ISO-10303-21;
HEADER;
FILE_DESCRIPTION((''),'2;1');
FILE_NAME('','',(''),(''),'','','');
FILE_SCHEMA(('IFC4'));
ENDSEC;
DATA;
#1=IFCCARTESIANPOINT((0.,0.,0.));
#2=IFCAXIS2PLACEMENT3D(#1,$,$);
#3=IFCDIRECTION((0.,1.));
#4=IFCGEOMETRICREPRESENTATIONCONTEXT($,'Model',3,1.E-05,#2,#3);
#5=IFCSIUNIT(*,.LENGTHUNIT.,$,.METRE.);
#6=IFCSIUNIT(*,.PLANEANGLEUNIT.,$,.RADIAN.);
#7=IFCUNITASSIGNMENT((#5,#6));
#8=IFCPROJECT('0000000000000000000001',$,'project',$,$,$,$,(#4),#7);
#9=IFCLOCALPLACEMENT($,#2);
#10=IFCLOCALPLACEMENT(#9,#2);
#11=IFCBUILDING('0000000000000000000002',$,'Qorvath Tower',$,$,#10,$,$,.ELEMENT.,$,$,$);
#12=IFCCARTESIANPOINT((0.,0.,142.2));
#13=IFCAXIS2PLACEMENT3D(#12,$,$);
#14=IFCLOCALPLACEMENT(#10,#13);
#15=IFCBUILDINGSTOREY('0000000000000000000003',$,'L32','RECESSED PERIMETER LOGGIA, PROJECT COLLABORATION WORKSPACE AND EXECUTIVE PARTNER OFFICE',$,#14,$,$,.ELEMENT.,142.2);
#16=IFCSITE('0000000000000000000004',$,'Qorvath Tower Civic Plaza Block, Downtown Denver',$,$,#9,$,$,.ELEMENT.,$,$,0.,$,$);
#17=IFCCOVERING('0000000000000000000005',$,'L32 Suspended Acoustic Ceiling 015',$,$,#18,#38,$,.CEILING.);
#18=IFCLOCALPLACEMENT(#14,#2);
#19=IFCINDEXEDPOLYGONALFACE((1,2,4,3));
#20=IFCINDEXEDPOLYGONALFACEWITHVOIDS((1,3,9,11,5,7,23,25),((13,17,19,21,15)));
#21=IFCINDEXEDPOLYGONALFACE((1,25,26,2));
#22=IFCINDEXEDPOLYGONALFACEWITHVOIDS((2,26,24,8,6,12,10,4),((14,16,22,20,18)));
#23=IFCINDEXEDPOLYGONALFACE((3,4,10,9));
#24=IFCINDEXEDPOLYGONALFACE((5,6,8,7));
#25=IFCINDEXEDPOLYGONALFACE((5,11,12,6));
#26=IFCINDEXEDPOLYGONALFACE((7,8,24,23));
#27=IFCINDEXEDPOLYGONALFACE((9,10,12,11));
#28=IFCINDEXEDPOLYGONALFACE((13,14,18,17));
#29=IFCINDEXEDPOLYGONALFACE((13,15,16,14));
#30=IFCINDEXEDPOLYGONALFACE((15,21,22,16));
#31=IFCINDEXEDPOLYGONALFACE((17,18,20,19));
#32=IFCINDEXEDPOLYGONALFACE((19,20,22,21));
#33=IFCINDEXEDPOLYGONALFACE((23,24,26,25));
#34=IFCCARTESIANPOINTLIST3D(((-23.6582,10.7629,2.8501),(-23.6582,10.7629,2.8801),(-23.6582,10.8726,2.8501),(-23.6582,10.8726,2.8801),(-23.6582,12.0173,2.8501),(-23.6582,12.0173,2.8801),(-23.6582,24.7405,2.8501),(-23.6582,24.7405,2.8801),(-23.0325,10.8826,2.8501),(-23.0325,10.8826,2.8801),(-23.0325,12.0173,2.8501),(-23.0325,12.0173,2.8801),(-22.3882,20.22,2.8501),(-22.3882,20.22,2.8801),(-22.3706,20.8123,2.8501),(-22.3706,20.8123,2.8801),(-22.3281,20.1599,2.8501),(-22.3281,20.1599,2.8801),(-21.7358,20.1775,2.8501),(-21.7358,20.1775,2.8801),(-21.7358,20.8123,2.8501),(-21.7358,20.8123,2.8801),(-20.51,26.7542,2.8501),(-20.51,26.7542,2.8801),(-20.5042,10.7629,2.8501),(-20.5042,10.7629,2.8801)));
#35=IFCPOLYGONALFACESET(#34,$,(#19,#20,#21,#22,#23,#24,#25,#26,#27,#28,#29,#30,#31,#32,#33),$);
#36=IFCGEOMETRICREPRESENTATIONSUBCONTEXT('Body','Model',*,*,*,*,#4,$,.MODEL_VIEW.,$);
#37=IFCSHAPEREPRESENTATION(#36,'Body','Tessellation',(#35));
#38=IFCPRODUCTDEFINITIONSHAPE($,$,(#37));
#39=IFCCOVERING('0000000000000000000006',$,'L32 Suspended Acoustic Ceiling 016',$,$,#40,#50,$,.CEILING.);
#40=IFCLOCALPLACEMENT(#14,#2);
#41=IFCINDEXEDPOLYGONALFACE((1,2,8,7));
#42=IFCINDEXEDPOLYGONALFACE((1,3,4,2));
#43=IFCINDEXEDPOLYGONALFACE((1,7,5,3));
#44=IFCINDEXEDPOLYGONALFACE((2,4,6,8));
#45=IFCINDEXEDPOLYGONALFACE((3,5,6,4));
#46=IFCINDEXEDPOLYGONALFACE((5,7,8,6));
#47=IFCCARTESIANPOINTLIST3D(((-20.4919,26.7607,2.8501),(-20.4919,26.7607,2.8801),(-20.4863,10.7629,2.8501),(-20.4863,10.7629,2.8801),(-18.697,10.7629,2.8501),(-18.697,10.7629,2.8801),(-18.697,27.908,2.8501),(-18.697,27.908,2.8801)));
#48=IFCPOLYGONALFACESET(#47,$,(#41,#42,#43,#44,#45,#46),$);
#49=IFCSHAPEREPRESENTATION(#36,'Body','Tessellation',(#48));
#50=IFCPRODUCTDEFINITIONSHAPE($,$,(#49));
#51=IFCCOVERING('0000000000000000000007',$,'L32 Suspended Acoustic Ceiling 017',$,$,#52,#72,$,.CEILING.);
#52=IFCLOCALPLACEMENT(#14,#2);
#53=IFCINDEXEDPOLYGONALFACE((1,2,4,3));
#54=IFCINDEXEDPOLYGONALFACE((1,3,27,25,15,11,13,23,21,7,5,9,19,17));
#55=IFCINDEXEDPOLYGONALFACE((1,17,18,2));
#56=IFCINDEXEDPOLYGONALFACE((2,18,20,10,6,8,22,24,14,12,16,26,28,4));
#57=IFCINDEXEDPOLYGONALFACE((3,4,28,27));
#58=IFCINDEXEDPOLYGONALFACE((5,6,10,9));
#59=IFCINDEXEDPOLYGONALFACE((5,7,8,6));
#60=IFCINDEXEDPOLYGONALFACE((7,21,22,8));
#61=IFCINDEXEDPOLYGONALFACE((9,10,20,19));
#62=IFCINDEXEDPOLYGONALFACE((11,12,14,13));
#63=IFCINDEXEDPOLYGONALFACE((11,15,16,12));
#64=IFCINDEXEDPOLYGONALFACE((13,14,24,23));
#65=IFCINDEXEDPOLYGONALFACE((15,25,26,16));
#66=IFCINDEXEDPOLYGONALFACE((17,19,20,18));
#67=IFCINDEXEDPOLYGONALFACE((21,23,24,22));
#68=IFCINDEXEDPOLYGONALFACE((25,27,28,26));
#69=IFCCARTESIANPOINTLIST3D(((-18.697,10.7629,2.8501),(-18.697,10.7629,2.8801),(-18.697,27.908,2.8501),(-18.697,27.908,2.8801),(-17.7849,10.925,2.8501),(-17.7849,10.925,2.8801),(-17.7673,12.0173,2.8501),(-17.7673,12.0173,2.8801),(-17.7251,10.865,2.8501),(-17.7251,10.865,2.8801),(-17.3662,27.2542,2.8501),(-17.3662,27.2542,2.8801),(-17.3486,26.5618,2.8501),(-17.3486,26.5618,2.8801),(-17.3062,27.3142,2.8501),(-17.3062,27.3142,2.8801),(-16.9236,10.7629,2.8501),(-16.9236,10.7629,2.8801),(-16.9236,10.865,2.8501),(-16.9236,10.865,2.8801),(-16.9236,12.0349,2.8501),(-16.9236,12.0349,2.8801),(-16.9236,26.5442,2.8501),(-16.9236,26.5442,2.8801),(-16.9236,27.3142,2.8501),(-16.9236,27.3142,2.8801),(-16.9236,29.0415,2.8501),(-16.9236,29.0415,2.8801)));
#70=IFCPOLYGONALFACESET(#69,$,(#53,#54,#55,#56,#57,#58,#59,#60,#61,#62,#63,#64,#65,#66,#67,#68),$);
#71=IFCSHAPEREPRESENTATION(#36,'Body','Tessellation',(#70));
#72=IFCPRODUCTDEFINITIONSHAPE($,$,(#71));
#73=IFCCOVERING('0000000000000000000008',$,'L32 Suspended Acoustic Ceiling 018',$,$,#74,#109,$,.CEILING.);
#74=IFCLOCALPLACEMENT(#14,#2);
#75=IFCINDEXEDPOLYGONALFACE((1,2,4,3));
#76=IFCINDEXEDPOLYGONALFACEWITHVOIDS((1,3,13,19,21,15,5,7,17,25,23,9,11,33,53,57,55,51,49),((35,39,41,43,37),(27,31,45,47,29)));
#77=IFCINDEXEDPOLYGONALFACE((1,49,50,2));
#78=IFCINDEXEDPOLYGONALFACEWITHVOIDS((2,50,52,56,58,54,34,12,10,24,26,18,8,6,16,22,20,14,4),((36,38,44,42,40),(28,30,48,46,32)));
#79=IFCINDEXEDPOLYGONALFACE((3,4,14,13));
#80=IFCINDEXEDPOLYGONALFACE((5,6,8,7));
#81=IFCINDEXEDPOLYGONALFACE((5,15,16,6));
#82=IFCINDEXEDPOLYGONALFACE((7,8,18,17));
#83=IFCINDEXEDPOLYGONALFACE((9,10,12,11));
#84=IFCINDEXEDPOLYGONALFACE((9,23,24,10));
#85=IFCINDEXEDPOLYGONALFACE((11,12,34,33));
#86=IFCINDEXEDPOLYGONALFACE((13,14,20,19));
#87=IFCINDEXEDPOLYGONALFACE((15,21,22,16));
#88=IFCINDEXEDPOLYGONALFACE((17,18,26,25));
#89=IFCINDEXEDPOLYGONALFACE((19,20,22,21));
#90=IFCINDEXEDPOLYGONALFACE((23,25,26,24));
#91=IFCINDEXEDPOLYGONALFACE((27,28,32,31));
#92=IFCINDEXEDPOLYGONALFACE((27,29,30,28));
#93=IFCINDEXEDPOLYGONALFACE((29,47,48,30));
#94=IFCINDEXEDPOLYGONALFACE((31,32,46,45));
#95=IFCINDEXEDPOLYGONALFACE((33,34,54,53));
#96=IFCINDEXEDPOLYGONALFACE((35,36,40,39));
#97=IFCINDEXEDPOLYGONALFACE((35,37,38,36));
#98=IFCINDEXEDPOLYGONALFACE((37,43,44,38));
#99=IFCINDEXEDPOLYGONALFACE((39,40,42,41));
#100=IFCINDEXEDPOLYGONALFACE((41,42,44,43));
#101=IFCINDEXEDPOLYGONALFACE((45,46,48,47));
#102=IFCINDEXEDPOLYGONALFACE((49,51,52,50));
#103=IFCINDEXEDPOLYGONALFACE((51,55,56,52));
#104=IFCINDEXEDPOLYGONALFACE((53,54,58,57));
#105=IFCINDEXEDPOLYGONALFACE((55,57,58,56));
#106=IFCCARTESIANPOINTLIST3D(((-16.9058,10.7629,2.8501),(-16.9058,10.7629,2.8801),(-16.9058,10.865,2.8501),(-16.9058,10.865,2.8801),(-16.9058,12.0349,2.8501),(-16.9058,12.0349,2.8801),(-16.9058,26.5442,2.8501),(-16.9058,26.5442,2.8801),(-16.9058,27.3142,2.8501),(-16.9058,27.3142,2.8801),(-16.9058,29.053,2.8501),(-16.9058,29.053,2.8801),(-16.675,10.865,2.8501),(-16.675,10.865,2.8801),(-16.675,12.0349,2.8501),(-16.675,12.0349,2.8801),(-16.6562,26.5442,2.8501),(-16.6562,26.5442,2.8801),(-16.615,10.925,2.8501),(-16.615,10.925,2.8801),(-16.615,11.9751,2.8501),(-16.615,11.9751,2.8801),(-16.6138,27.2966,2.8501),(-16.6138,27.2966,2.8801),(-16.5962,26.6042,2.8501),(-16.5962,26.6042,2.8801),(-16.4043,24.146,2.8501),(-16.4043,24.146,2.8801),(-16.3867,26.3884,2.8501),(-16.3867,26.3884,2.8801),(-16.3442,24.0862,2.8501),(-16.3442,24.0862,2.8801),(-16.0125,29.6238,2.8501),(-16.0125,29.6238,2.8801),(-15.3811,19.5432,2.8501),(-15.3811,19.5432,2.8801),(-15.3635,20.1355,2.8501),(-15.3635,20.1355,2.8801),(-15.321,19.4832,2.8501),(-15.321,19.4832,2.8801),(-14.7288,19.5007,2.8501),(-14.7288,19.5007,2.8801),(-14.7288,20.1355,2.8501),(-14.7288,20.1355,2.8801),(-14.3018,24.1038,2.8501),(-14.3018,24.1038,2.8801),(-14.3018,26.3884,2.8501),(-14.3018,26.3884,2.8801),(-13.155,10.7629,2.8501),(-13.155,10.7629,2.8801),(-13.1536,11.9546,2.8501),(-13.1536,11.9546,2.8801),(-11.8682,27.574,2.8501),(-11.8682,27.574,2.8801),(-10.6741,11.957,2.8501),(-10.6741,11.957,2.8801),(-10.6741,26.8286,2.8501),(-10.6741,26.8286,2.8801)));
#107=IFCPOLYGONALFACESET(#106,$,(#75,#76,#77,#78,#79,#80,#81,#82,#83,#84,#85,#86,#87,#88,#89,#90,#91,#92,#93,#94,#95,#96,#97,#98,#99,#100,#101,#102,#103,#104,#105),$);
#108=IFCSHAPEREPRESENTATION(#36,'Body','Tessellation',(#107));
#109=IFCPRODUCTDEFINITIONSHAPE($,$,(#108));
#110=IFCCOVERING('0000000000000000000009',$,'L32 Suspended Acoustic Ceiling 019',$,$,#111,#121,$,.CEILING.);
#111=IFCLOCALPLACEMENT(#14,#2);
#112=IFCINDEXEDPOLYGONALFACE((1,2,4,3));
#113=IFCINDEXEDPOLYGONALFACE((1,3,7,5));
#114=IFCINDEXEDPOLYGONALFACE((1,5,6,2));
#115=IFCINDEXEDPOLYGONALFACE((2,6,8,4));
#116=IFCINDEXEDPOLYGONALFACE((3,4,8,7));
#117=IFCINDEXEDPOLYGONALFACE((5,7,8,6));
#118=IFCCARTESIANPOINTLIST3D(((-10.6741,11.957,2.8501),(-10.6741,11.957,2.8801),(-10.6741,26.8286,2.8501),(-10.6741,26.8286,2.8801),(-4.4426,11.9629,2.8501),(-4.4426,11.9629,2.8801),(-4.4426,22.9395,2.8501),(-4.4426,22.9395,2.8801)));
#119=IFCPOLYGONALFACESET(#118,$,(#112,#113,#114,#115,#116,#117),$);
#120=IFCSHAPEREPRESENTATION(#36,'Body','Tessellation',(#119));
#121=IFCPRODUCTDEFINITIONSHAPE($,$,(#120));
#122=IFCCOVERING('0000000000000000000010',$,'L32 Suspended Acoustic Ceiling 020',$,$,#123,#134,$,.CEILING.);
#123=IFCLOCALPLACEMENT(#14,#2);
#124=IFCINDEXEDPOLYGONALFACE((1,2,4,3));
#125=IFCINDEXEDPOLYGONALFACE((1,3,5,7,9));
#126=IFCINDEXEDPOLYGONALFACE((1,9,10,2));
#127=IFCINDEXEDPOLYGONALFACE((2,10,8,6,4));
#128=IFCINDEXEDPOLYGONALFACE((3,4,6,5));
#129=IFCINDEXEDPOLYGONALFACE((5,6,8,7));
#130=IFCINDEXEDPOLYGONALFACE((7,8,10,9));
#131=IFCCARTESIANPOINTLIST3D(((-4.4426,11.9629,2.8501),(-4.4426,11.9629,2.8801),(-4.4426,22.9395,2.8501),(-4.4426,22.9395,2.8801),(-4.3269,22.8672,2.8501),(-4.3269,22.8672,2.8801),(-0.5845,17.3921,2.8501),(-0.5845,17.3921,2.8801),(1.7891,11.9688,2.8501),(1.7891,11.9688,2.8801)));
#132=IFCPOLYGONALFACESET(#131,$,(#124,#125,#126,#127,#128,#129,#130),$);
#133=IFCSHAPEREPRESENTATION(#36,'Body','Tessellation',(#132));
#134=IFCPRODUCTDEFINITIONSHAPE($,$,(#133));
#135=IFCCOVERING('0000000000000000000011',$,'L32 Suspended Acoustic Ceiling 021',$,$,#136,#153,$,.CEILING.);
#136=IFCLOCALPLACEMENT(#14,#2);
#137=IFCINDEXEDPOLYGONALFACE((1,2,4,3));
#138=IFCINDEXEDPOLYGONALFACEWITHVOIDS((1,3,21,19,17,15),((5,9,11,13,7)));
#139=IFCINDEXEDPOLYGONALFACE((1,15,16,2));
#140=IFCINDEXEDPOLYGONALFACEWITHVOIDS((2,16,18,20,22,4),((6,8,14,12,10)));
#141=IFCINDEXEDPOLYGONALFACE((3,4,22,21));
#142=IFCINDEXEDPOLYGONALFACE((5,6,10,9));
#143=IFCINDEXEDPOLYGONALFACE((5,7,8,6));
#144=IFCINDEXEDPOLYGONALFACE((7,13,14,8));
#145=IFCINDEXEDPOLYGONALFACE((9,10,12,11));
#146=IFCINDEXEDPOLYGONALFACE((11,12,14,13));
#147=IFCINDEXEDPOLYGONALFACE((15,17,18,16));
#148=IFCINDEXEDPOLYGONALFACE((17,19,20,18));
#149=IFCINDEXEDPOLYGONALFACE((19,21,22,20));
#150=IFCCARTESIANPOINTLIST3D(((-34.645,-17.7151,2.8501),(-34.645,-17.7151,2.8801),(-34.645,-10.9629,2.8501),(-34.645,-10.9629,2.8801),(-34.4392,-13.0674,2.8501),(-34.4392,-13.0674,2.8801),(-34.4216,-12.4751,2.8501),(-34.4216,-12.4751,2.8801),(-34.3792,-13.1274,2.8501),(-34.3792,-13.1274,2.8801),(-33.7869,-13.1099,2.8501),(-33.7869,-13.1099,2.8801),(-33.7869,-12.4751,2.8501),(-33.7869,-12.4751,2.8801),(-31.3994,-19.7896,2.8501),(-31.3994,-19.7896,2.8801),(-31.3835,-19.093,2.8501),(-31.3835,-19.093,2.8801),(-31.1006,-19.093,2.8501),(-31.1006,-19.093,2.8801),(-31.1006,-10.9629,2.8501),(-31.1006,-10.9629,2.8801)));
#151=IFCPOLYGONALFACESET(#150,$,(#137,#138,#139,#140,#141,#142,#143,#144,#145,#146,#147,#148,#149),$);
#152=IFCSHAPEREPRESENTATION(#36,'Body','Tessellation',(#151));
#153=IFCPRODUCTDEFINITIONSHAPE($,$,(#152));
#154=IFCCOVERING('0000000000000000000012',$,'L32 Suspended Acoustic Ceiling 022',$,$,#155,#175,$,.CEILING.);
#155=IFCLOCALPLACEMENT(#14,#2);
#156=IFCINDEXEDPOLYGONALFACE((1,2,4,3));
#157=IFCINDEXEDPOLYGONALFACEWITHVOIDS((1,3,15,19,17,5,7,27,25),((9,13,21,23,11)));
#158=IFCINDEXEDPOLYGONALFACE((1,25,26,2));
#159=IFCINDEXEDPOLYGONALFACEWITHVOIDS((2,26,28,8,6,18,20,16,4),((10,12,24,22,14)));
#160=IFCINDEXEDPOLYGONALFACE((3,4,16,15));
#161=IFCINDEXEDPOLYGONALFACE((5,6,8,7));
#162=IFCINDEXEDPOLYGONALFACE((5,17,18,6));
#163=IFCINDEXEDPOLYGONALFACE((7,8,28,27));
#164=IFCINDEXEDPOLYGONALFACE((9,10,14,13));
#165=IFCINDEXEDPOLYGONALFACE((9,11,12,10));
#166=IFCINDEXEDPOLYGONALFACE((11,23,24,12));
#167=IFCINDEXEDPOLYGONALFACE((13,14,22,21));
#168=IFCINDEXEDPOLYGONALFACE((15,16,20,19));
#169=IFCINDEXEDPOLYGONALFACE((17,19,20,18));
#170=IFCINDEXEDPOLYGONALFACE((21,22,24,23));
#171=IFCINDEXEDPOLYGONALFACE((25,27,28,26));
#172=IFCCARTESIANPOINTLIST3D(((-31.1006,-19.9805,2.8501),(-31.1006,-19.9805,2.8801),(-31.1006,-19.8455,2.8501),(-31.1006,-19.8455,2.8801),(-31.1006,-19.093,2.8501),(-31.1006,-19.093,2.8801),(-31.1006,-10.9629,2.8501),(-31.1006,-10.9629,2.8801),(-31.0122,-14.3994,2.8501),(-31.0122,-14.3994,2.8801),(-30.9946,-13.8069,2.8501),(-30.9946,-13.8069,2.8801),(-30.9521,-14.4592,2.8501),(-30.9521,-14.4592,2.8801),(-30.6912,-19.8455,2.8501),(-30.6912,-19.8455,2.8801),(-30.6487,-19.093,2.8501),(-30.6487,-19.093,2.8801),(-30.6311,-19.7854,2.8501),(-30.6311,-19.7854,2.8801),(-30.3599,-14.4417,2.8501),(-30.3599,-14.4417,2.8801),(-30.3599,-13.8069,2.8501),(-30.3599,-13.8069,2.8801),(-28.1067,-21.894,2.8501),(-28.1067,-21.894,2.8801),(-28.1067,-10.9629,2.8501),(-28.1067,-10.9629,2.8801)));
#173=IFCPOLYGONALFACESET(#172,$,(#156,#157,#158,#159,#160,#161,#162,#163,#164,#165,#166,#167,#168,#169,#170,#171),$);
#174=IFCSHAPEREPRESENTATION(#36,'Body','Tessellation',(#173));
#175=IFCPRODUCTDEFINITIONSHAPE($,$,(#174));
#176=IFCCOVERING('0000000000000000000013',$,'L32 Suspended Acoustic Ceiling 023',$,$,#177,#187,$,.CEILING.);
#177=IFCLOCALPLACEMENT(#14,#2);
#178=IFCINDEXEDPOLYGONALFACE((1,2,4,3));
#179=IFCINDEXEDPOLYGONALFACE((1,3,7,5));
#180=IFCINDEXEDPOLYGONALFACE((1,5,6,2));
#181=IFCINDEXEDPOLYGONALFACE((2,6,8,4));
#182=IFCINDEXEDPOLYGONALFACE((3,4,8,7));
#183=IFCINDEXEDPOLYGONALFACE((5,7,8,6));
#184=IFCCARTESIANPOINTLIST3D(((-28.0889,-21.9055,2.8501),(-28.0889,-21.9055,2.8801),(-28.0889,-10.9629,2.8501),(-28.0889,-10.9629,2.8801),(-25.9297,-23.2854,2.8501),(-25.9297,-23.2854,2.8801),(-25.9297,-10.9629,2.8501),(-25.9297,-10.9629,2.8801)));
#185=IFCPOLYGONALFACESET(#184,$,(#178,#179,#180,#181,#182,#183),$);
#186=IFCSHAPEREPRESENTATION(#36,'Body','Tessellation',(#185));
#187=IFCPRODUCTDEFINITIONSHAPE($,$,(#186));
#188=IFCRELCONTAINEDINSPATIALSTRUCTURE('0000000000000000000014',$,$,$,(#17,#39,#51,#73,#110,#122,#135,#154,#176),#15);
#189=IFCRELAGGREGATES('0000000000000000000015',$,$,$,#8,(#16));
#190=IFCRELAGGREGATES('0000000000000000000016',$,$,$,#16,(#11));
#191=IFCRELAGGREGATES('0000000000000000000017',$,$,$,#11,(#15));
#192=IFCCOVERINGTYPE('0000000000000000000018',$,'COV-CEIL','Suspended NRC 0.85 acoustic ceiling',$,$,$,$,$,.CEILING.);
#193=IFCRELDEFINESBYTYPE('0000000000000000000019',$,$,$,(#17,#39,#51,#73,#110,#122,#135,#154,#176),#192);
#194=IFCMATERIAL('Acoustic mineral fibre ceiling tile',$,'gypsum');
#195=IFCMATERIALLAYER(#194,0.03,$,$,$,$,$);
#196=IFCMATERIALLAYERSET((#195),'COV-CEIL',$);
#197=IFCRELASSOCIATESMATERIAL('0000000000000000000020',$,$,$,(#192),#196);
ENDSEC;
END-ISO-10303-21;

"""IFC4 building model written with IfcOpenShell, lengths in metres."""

from ifc_helpers import new_model, si_unit, direction, frame, origin, place, context, subcontext, project, spatial, polyline, outline, extrude, material, layer, layer_set, type_object, element, save


model = new_model("IFC4")

# Units and contexts
model_context = context("Model", 3, precision=1e-05, world=origin(), true_north=direction((0.0, 1.0)))
body_context = subcontext(model_context, "Body", "Model", "MODEL_VIEW")
ifc_project = project(units=[si_unit("LENGTHUNIT", "METRE"), si_unit("PLANEANGLEUNIT", "RADIAN")], contexts=[model_context])

# Site, building, storey
site_placement = place(None, origin())
site = spatial("IfcSite", under=ifc_project, at=site_placement, Name="Qorvath Tower Civic Plaza Block, Downtown Denver", CompositionType="ELEMENT", RefElevation=0.0)
building_placement = place(site_placement, origin())
building = spatial("IfcBuilding", under=site, at=building_placement, Name="Qorvath Tower", CompositionType="ELEMENT")
storey_placement = place(building_placement, frame((0.0, 0.0, 142.2)))
storey = spatial("IfcBuildingStorey", under=building, at=storey_placement, Name="L32", Description="RECESSED PERIMETER LOGGIA, PROJECT COLLABORATION WORKSPACE AND EXECUTIVE PARTNER OFFICE", CompositionType="ELEMENT", Elevation=142.2)

# Coverings
ifc_material_1 = material(Name="Acoustic mineral fibre ceiling tile", Category="gypsum")
ifc_layer_1 = layer(ifc_material_1, 0.03)
ifc_layer_set_1 = layer_set([ifc_layer_1], Name="COV-CEIL")
covering_type_1 = type_object("IfcCoveringType", Name="COV-CEIL", Description="Suspended NRC 0.85 acoustic ceiling", PredefinedType="CEILING", material=ifc_layer_set_1)
covering_1_placement = place(storey_placement, frame((0.0, 0.0, 2.8501)))
element("IfcCovering", 1, at=covering_1_placement, inside=storey, type_object=covering_type_1, Name="L32 Suspended Acoustic Ceiling 015", PredefinedType="CEILING", context=body_context, shape_type="SweptSolid", body=[
    extrude(outline(polyline([(-20.51, 26.7542), (-23.6582, 24.7405), (-23.6582, 12.0173), (-23.0325, 12.0173), (-23.0325, 10.8826), (-23.6582, 10.8726), (-23.6582, 10.7629), (-20.5042, 10.7629), (-20.51, 26.7542)]), holes=[polyline([(-22.3882, 20.22), (-22.3706, 20.8123), (-21.7358, 20.8123), (-21.7358, 20.1775), (-22.3281, 20.1599), (-22.3882, 20.22)])]), origin(), (0.0, 0.0, 1.0), 0.03),
])
covering_2_placement = place(storey_placement, frame((0.0, 0.0, 2.8501)))
element("IfcCovering", 2, at=covering_2_placement, inside=storey, type_object=covering_type_1, Name="L32 Suspended Acoustic Ceiling 016", PredefinedType="CEILING", context=body_context, shape_type="SweptSolid", body=[
    extrude(outline(polyline([(-18.697, 10.7629), (-18.697, 27.908), (-20.4919, 26.7607), (-20.4863, 10.7629), (-18.697, 10.7629)])), origin(), (0.0, 0.0, 1.0), 0.03),
])
covering_3_placement = place(storey_placement, frame((0.0, 0.0, 2.8501)))
element("IfcCovering", 3, at=covering_3_placement, inside=storey, type_object=covering_type_1, Name="L32 Suspended Acoustic Ceiling 017", PredefinedType="CEILING", context=body_context, shape_type="SweptSolid", body=[
    extrude(outline(polyline([(-17.3062, 27.3142), (-16.9236, 27.3142), (-16.9236, 29.0415), (-18.697, 27.908), (-18.697, 10.7629), (-16.9236, 10.7629), (-16.9236, 10.865), (-17.7251, 10.865), (-17.7849, 10.925), (-17.7673, 12.0173), (-16.9236, 12.0349), (-16.9236, 26.5442), (-17.3486, 26.5618), (-17.3662, 27.2542), (-17.3062, 27.3142)])), origin(), (0.0, 0.0, 1.0), 0.03),
])
covering_4_placement = place(storey_placement, frame((0.0, 0.0, 2.8501)))
element("IfcCovering", 4, at=covering_4_placement, inside=storey, type_object=covering_type_1, Name="L32 Suspended Acoustic Ceiling 018", PredefinedType="CEILING", context=body_context, shape_type="SweptSolid", body=[
    extrude(outline(polyline([(-13.1536, 11.9546), (-10.6741, 11.957), (-10.6741, 26.8286), (-11.8682, 27.574), (-16.0125, 29.6238), (-16.9058, 29.053), (-16.9058, 27.3142), (-16.6138, 27.2966), (-16.5962, 26.6042), (-16.6562, 26.5442), (-16.9058, 26.5442), (-16.9058, 12.0349), (-16.675, 12.0349), (-16.615, 11.9751), (-16.615, 10.925), (-16.675, 10.865), (-16.9058, 10.865), (-16.9058, 10.7629), (-13.155, 10.7629), (-13.1536, 11.9546)]), holes=[polyline([(-16.4043, 24.146), (-16.3867, 26.3884), (-14.3018, 26.3884), (-14.3018, 24.1038), (-16.3442, 24.0862), (-16.4043, 24.146)]), polyline([(-15.3811, 19.5432), (-15.3635, 20.1355), (-14.7288, 20.1355), (-14.7288, 19.5007), (-15.321, 19.4832), (-15.3811, 19.5432)])]), origin(), (0.0, 0.0, 1.0), 0.03),
])
covering_5_placement = place(storey_placement, frame((0.0, 0.0, 2.8501)))
element("IfcCovering", 5, at=covering_5_placement, inside=storey, type_object=covering_type_1, Name="L32 Suspended Acoustic Ceiling 019", PredefinedType="CEILING", context=body_context, shape_type="SweptSolid", body=[
    extrude(outline(polyline([(-10.6741, 26.8286), (-10.6741, 11.957), (-4.4426, 11.9629), (-4.4426, 22.9395), (-10.6741, 26.8286)])), origin(), (0.0, 0.0, 1.0), 0.03),
])
covering_6_placement = place(storey_placement, frame((0.0, 0.0, 2.8501)))
element("IfcCovering", 6, at=covering_6_placement, inside=storey, type_object=covering_type_1, Name="L32 Suspended Acoustic Ceiling 020", PredefinedType="CEILING", context=body_context, shape_type="SweptSolid", body=[
    extrude(outline(polyline([(-4.4426, 22.9395), (-4.4426, 11.9629), (1.7891, 11.9688), (-0.5845, 17.3921), (-4.3269, 22.8672), (-4.4426, 22.9395)])), origin(), (0.0, 0.0, 1.0), 0.03),
])
covering_7_placement = place(storey_placement, frame((0.0, 0.0, 2.8501)))
element("IfcCovering", 7, at=covering_7_placement, inside=storey, type_object=covering_type_1, Name="L32 Suspended Acoustic Ceiling 021", PredefinedType="CEILING", context=body_context, shape_type="SweptSolid", body=[
    extrude(outline(polyline([(-31.1006, -19.093), (-31.1006, -10.9629), (-34.645, -10.9629), (-34.645, -17.7151), (-31.3994, -19.7896), (-31.3835, -19.093), (-31.1006, -19.093)]), holes=[polyline([(-34.4392, -13.0674), (-34.4216, -12.4751), (-33.7869, -12.4751), (-33.7869, -13.1099), (-34.3792, -13.1274), (-34.4392, -13.0674)])]), origin(), (0.0, 0.0, 1.0), 0.03),
])
covering_8_placement = place(storey_placement, frame((0.0, 0.0, 2.8501)))
element("IfcCovering", 8, at=covering_8_placement, inside=storey, type_object=covering_type_1, Name="L32 Suspended Acoustic Ceiling 022", PredefinedType="CEILING", context=body_context, shape_type="SweptSolid", body=[
    extrude(outline(polyline([(-30.6912, -19.8455), (-31.1006, -19.8455), (-31.1006, -19.9805), (-28.1067, -21.894), (-28.1067, -10.9629), (-31.1006, -10.9629), (-31.1006, -19.093), (-30.6487, -19.093), (-30.6311, -19.7854), (-30.6912, -19.8455)]), holes=[polyline([(-31.0122, -14.3994), (-30.9946, -13.8069), (-30.3599, -13.8069), (-30.3599, -14.4417), (-30.9521, -14.4592), (-31.0122, -14.3994)])]), origin(), (0.0, 0.0, 1.0), 0.03),
])
covering_9_placement = place(storey_placement, frame((0.0, 0.0, 2.8501)))
element("IfcCovering", 9, at=covering_9_placement, inside=storey, type_object=covering_type_1, Name="L32 Suspended Acoustic Ceiling 023", PredefinedType="CEILING", context=body_context, shape_type="SweptSolid", body=[
    extrude(outline(polyline([(-25.9297, -23.2854), (-25.9297, -10.9629), (-28.0889, -10.9629), (-28.0889, -21.9055), (-25.9297, -23.2854)])), origin(), (0.0, 0.0, 1.0), 0.03),
])

save(model, "model.ifc")
